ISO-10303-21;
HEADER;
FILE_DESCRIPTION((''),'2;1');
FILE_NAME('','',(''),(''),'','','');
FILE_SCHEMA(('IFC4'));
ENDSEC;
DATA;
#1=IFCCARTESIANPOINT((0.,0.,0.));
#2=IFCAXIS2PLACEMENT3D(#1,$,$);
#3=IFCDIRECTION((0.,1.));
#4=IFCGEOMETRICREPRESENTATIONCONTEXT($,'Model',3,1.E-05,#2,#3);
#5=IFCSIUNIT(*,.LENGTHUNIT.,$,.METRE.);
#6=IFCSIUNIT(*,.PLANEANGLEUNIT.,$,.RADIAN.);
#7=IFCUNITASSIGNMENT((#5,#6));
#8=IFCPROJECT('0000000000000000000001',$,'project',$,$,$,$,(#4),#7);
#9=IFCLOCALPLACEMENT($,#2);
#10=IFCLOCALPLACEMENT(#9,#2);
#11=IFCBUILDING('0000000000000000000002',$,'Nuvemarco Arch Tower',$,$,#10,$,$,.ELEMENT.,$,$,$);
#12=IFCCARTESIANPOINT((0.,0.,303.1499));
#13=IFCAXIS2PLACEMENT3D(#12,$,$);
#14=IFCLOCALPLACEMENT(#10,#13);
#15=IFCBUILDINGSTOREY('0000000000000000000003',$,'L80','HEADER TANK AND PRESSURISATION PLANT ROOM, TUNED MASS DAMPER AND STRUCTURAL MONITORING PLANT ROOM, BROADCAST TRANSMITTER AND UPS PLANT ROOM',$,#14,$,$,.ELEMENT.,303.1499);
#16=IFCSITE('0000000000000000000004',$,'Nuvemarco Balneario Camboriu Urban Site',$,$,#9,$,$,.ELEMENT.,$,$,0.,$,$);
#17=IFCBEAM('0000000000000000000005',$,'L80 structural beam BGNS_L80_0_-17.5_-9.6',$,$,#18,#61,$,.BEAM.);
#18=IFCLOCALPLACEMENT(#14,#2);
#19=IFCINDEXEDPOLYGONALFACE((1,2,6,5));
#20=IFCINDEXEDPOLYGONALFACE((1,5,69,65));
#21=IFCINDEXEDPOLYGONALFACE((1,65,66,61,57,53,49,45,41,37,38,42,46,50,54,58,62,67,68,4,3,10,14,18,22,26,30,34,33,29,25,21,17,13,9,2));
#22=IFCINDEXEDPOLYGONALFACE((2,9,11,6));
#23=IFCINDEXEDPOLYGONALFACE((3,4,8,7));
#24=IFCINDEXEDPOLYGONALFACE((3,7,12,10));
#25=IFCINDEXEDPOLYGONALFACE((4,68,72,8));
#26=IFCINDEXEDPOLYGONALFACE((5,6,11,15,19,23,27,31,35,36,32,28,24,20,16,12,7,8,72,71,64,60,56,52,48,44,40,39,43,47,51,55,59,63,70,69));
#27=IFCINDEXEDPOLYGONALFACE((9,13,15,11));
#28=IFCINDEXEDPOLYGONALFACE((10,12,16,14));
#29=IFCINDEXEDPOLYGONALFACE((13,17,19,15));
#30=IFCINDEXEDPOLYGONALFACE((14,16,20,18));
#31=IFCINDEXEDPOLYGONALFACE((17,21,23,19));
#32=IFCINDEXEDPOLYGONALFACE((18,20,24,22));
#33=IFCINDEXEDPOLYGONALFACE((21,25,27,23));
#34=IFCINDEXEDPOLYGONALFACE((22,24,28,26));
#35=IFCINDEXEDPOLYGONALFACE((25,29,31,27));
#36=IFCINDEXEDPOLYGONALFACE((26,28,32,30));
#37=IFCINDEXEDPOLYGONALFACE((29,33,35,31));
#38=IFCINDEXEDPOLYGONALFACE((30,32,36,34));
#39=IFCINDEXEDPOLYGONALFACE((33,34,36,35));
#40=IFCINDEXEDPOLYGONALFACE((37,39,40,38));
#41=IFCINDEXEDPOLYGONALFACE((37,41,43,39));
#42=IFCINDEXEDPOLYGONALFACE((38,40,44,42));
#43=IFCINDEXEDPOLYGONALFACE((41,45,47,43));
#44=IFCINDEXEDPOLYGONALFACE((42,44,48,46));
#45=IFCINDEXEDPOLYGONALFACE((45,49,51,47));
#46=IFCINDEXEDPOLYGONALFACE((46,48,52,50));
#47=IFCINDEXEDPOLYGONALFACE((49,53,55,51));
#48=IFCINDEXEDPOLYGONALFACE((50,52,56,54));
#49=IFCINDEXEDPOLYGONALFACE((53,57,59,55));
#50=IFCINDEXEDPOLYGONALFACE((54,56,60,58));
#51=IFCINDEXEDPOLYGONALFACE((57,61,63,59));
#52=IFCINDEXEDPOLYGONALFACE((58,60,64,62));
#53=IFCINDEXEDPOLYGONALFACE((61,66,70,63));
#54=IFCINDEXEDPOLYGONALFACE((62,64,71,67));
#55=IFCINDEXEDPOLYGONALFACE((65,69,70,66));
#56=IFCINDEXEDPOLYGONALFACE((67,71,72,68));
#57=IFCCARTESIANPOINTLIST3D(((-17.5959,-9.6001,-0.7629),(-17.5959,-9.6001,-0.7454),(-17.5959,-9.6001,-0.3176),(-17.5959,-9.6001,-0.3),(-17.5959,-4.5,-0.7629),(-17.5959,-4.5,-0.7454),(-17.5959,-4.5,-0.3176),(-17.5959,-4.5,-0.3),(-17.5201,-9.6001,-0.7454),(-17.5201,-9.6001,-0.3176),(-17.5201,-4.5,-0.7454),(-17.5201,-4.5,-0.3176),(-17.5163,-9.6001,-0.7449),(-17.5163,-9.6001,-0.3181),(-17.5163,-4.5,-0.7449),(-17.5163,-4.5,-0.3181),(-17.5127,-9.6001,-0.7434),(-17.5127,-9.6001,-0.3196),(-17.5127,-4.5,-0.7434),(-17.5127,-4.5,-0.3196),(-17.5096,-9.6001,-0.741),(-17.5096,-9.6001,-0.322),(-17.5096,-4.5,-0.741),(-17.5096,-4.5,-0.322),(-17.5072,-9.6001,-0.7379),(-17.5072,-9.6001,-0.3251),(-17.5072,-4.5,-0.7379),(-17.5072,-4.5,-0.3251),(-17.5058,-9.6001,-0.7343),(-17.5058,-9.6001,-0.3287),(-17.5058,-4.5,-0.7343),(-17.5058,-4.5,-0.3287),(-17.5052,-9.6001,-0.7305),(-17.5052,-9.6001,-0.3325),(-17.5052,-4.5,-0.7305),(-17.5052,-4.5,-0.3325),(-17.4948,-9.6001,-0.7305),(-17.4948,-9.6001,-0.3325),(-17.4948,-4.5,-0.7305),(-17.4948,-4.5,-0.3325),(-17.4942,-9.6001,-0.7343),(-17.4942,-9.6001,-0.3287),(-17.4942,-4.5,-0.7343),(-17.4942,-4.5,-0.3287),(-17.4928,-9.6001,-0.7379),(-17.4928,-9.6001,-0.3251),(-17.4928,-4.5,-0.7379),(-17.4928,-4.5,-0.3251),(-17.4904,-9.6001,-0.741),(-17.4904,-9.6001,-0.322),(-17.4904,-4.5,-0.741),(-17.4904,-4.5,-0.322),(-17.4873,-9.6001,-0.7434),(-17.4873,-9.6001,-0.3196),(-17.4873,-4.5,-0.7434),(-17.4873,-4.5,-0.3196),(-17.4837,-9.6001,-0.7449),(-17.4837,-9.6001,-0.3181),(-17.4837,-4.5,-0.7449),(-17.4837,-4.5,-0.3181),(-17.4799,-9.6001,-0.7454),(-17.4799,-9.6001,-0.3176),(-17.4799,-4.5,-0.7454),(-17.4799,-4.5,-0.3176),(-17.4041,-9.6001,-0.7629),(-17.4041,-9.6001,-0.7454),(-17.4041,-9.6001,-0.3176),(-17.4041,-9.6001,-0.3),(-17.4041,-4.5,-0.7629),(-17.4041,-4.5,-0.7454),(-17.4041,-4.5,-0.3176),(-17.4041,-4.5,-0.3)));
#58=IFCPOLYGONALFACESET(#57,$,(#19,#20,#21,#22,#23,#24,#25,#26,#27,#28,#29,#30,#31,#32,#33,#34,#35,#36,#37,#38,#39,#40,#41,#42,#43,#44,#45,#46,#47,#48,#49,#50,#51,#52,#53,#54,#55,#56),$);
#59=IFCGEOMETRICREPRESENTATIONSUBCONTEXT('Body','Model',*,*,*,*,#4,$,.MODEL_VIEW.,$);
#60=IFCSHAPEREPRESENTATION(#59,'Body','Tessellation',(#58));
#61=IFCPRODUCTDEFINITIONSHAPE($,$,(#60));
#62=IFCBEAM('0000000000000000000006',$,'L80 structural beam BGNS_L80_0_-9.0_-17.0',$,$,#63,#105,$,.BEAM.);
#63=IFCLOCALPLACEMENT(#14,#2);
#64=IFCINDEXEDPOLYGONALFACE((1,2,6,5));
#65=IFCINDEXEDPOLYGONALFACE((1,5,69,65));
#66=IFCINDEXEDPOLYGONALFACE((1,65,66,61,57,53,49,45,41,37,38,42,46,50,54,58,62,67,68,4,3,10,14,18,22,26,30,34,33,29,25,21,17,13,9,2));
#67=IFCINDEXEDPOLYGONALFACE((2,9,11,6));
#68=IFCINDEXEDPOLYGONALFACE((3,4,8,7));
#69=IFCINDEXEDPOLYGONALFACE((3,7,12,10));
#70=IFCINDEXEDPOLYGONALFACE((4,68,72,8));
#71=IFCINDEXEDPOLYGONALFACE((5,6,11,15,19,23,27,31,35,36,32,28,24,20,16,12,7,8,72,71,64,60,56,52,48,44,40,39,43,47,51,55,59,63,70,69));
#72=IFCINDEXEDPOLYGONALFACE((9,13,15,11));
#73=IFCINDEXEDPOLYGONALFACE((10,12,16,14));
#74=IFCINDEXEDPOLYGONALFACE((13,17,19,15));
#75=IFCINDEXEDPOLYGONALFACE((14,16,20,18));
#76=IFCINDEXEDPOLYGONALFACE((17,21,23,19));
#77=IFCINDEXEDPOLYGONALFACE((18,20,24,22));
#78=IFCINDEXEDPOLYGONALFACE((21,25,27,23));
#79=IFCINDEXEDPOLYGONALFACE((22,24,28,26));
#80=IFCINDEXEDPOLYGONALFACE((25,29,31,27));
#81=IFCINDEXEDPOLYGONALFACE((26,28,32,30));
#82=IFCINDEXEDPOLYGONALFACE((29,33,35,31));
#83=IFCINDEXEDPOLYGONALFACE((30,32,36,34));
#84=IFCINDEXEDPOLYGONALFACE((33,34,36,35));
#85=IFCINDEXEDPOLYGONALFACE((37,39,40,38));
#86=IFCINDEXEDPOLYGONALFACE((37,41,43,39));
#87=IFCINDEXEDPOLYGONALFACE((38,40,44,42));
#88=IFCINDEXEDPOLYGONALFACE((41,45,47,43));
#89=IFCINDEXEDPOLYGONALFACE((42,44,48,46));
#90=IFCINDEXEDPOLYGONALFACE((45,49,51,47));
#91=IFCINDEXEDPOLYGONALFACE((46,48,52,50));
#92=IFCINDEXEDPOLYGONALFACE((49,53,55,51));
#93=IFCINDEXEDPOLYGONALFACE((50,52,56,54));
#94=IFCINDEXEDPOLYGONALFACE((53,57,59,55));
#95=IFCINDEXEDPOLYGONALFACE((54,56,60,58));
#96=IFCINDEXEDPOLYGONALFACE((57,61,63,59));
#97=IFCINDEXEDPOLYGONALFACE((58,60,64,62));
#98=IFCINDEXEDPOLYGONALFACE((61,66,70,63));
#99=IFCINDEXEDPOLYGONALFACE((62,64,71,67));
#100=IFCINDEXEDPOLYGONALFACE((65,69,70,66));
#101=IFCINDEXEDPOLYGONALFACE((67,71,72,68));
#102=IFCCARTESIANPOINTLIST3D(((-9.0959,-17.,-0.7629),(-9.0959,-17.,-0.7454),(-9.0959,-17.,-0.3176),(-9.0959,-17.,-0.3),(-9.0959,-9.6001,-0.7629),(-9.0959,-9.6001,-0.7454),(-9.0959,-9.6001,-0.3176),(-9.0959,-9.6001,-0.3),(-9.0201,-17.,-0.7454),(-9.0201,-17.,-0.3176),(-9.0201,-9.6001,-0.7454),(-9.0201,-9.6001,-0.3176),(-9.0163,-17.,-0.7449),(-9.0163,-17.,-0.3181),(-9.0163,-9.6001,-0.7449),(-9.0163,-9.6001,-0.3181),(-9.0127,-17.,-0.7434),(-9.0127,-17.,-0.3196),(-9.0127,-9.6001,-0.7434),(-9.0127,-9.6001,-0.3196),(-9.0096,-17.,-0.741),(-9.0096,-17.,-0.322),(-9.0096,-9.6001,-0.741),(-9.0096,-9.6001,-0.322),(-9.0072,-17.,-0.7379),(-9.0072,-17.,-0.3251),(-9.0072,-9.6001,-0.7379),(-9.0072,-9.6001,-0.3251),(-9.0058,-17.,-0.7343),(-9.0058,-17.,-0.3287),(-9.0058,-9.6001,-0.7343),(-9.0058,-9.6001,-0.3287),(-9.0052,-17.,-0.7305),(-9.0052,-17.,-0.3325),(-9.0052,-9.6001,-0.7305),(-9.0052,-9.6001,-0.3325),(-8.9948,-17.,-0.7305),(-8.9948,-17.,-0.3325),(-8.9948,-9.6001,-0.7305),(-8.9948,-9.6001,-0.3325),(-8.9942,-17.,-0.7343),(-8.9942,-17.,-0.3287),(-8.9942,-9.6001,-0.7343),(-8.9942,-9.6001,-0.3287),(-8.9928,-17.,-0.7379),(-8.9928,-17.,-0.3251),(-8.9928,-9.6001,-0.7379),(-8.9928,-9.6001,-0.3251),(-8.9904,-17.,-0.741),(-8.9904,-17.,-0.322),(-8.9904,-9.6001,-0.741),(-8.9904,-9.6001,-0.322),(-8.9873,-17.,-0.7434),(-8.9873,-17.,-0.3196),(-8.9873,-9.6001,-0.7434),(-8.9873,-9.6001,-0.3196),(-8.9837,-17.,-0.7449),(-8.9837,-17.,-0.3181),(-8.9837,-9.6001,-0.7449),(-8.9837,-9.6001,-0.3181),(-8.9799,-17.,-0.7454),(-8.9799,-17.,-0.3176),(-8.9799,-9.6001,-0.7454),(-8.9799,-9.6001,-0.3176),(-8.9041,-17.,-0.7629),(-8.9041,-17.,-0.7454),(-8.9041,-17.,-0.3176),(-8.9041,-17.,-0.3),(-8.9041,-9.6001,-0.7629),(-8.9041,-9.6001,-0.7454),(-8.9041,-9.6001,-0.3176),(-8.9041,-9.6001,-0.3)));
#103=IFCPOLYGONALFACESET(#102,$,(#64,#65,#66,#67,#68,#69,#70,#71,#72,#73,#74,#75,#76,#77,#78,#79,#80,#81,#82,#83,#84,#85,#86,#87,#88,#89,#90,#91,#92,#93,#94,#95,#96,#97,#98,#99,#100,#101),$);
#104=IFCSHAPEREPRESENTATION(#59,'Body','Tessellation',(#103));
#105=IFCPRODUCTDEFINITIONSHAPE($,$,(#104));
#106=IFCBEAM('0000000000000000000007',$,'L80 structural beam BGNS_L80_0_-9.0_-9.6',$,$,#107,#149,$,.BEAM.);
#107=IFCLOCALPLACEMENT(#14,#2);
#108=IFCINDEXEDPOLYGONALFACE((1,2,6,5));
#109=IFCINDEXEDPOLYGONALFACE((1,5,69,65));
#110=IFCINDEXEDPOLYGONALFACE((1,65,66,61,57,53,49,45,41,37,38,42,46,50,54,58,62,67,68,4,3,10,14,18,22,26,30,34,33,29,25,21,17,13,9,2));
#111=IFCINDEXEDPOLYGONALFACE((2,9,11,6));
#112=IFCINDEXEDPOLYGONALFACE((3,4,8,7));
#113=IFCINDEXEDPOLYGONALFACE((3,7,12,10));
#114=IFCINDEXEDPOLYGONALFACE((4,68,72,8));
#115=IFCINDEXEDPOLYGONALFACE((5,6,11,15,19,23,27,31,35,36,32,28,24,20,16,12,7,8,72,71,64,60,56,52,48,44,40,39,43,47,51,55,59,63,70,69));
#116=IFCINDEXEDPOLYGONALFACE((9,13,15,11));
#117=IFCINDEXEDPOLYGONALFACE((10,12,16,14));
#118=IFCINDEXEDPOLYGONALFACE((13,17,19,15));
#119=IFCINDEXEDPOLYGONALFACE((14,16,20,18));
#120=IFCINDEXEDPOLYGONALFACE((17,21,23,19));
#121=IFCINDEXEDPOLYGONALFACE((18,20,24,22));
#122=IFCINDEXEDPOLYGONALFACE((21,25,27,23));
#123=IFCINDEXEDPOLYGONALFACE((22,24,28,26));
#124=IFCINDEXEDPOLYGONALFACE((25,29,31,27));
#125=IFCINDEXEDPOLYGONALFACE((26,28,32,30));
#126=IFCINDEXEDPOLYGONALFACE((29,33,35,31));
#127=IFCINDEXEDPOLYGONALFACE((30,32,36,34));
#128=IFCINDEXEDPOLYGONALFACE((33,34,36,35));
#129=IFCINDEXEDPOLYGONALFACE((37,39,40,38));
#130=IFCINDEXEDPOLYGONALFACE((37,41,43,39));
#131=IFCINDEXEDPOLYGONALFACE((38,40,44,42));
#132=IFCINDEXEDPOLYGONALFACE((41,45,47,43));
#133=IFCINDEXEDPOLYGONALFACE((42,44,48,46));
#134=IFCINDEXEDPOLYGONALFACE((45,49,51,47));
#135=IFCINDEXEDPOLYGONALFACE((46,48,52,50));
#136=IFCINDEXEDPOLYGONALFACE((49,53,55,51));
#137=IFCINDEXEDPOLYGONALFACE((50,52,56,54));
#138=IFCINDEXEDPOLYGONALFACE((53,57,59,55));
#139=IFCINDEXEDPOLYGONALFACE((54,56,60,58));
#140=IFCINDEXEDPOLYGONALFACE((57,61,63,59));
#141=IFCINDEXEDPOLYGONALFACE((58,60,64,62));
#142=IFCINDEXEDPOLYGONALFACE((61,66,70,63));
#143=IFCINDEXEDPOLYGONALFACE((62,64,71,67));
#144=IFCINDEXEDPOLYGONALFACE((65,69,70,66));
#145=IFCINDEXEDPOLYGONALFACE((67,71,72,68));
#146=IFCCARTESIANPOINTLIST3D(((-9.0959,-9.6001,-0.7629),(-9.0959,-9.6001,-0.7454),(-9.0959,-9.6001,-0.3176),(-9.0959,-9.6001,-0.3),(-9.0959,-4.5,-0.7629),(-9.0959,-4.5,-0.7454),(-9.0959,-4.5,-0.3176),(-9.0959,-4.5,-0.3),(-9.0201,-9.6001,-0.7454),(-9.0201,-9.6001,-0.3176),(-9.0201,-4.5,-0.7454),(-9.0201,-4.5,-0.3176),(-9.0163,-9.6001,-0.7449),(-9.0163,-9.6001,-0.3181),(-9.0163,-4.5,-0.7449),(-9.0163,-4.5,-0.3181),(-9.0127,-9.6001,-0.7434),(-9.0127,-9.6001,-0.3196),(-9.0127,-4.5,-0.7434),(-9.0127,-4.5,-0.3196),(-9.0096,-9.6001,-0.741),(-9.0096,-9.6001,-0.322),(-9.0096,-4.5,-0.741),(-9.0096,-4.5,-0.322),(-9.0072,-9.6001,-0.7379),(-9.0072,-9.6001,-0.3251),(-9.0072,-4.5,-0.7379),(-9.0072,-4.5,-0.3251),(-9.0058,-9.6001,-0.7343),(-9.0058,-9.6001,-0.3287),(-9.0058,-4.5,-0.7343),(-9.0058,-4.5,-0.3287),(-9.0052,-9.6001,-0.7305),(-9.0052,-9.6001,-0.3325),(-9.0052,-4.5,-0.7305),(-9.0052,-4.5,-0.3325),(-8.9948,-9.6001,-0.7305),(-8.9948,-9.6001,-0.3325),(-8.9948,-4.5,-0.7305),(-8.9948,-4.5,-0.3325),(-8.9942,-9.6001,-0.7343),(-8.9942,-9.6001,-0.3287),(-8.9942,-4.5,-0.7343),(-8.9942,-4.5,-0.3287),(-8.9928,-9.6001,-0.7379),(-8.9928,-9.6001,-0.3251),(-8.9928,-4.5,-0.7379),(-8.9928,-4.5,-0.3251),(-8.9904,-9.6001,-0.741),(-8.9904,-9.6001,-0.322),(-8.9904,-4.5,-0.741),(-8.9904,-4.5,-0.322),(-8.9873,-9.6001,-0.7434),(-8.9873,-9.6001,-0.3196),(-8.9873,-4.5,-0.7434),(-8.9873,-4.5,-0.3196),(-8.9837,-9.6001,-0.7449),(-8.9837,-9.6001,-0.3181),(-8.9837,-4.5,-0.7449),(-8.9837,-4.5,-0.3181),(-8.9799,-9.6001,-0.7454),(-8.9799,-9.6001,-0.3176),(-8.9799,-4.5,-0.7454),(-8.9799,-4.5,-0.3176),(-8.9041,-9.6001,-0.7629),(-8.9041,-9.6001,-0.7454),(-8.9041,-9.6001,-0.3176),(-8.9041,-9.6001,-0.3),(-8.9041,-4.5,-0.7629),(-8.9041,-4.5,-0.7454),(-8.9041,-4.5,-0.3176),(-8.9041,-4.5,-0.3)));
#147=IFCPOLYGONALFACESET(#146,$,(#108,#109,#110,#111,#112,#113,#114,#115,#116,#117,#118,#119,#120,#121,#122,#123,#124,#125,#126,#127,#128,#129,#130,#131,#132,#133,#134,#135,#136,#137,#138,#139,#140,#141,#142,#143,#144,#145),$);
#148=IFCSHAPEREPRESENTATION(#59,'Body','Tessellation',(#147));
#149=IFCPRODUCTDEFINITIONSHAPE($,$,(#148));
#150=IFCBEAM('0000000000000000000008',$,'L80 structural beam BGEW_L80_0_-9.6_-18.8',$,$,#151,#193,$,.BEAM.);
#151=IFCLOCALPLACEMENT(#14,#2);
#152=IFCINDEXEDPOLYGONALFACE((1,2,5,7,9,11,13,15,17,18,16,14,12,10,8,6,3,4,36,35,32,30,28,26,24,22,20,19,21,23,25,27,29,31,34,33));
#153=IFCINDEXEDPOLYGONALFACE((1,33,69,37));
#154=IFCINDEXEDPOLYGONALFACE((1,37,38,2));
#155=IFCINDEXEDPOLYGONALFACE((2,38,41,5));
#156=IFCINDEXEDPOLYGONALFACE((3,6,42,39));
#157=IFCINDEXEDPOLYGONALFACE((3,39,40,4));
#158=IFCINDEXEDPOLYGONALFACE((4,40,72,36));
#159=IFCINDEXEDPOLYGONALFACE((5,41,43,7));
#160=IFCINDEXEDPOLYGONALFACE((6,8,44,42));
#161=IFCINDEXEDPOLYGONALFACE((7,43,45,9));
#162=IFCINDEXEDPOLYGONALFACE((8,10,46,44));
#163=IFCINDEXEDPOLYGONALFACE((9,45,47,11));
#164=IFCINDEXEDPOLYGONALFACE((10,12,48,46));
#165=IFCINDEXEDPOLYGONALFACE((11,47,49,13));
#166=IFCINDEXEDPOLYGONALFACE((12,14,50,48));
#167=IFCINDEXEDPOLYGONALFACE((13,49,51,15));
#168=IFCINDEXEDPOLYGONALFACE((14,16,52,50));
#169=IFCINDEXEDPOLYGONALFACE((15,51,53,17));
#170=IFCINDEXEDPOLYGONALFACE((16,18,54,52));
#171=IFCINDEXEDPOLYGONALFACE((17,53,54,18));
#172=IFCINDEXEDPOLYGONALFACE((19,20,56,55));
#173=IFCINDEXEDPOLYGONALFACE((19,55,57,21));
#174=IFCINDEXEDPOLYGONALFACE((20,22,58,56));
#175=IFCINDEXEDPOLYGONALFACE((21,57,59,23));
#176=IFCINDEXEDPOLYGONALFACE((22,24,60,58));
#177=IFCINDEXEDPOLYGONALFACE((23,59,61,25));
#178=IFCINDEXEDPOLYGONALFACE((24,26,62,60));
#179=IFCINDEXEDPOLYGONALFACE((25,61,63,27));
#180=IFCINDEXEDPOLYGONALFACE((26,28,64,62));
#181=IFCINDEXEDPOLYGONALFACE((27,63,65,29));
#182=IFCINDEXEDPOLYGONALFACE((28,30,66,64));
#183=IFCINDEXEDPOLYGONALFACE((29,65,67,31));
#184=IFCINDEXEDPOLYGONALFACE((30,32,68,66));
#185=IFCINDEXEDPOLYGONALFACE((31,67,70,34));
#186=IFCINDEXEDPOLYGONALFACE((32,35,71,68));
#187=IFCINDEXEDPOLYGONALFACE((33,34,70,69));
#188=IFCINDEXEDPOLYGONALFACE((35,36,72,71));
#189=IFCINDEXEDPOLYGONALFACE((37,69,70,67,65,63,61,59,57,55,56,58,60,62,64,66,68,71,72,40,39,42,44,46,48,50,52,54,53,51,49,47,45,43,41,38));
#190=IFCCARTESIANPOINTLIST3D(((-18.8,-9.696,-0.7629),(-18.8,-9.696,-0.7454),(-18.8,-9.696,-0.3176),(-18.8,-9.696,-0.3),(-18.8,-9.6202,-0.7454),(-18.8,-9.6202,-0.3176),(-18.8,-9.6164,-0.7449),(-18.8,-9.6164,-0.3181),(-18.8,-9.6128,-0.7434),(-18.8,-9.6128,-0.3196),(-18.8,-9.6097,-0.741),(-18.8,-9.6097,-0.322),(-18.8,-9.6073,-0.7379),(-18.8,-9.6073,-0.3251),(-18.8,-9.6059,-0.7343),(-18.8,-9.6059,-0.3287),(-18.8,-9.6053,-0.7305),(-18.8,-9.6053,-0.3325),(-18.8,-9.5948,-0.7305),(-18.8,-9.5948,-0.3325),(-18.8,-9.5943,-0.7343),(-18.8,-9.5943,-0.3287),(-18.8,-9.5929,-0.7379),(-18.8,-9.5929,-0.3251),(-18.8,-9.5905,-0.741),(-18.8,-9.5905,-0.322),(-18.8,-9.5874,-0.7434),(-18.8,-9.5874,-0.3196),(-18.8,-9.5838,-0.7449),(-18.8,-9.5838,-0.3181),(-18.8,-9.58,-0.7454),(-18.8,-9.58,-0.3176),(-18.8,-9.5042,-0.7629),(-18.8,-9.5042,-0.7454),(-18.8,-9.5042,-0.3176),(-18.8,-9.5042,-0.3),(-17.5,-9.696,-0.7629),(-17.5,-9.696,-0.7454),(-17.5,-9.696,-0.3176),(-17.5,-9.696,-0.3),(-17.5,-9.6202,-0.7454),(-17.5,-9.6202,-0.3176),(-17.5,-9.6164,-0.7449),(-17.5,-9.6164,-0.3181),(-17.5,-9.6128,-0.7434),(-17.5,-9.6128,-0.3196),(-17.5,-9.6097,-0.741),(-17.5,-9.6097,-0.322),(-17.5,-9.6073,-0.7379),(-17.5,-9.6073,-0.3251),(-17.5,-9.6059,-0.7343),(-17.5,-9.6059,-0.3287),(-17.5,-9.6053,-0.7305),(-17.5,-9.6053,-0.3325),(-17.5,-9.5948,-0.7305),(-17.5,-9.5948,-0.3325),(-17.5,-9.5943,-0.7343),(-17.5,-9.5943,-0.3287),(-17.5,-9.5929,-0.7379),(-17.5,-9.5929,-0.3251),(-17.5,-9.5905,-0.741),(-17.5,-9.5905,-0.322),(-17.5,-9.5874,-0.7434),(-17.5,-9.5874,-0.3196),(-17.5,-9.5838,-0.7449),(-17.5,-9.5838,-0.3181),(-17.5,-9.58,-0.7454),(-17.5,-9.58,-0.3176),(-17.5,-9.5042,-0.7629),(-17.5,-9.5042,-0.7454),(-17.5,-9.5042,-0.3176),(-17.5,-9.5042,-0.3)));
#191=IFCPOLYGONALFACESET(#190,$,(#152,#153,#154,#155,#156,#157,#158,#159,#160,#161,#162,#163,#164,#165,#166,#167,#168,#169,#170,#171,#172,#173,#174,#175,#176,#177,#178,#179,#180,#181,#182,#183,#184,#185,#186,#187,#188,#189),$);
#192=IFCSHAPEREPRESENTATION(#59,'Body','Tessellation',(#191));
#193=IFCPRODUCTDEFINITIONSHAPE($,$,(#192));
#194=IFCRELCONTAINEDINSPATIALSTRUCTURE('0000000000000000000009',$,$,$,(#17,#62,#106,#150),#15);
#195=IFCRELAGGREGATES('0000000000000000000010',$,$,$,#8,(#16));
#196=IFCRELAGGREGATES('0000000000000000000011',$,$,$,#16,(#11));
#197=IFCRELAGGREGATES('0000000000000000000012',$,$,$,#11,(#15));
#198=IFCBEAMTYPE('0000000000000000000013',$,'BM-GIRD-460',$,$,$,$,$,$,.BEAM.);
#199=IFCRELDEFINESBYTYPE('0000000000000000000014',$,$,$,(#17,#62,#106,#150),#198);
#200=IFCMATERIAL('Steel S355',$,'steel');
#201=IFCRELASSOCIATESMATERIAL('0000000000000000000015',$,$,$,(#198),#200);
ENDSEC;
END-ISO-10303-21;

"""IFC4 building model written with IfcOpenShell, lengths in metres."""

from ifc_helpers import new_model, si_unit, direction, frame, origin, origin_2d, place, context, subcontext, project, spatial, i_section, extrude, material, material_profile, profile_set, type_object, element, save


model = new_model("IFC4")

# Units and contexts
model_context = context("Model", 3, precision=1e-05, world=origin(), true_north=direction((0.0, 1.0)))
body_context = subcontext(model_context, "Body", "Model", "MODEL_VIEW")
ifc_project = project(units=[si_unit("LENGTHUNIT", "METRE"), si_unit("PLANEANGLEUNIT", "RADIAN")], contexts=[model_context])

# Site, building, storey
site_placement = place(None, origin())
site = spatial("IfcSite", under=ifc_project, at=site_placement, Name="Nuvemarco Balneario Camboriu Urban Site", CompositionType="ELEMENT", RefElevation=0.0)
building_placement = place(site_placement, origin())
building = spatial("IfcBuilding", under=site, at=building_placement, Name="Nuvemarco Arch Tower", CompositionType="ELEMENT")
storey_placement = place(building_placement, frame((0.0, 0.0, 303.1499)))
storey = spatial("IfcBuildingStorey", under=building, at=storey_placement, Name="L80", Description="HEADER TANK AND PRESSURISATION PLANT ROOM, TUNED MASS DAMPER AND STRUCTURAL MONITORING PLANT ROOM, BROADCAST TRANSMITTER AND UPS PLANT ROOM", CompositionType="ELEMENT", Elevation=303.1499)

# Shared definitions
ifc_material_1 = material(Name="Steel S355", Category="steel")

# Beams
ifc_material_profile_1 = material_profile(ifc_material_1, i_section(OverallWidth=0.1919, OverallDepth=0.4629, WebThickness=0.0105, FlangeThickness=0.0176, FilletRadius=0.0149, at=origin_2d()), Name="W460x89")
ifc_profile_set_1 = profile_set([ifc_material_profile_1], Name="Steel S355")
beam_type_1 = type_object("IfcBeamType", Name="BM-GIRD-460", PredefinedType="BEAM", material=ifc_profile_set_1)
beam_1_placement = place(storey_placement, frame((-17.5, -9.6001, -0.5315), z_axis=(0.0, 1.0, 0.0), x_axis=(-1.0, 0.0, 0.0)))
element("IfcBeam", 1, at=beam_1_placement, inside=storey, type_object=beam_type_1, Name="L80 structural beam BGNS_L80_0_-17.5_-9.6", PredefinedType="BEAM", context=body_context, shape_type="SweptSolid", body=[
    extrude(i_section(OverallWidth=0.1919, OverallDepth=0.4629, WebThickness=0.0105, FlangeThickness=0.0176, FilletRadius=0.0149, at=origin_2d()), origin(), (0.0, 0.0, 1.0), 5.1001),
])
beam_2_placement = place(storey_placement, frame((-9.0, -17.0, -0.5315), z_axis=(0.0, 1.0, 0.0), x_axis=(-1.0, 0.0, 0.0)))
element("IfcBeam", 2, at=beam_2_placement, inside=storey, type_object=beam_type_1, Name="L80 structural beam BGNS_L80_0_-9.0_-17.0", PredefinedType="BEAM", context=body_context, shape_type="SweptSolid", body=[
    extrude(i_section(OverallWidth=0.1919, OverallDepth=0.4629, WebThickness=0.0105, FlangeThickness=0.0176, FilletRadius=0.0149, at=origin_2d()), origin(), (0.0, 0.0, 1.0), 7.3999),
])
beam_3_placement = place(storey_placement, frame((-9.0, -9.6001, -0.5315), z_axis=(0.0, 1.0, 0.0), x_axis=(-1.0, 0.0, 0.0)))
element("IfcBeam", 3, at=beam_3_placement, inside=storey, type_object=beam_type_1, Name="L80 structural beam BGNS_L80_0_-9.0_-9.6", PredefinedType="BEAM", context=body_context, shape_type="SweptSolid", body=[
    extrude(i_section(OverallWidth=0.1919, OverallDepth=0.4629, WebThickness=0.0105, FlangeThickness=0.0176, FilletRadius=0.0149, at=origin_2d()), origin(), (0.0, 0.0, 1.0), 5.1001),
])
beam_4_placement = place(storey_placement, frame((-18.8, -9.6001, -0.5315), z_axis=(1.0, 0.0, 0.0), x_axis=(0.0, 1.0, 0.0)))
element("IfcBeam", 4, at=beam_4_placement, inside=storey, type_object=beam_type_1, Name="L80 structural beam BGEW_L80_0_-9.6_-18.8", PredefinedType="BEAM", context=body_context, shape_type="SweptSolid", body=[
    extrude(i_section(OverallWidth=0.1919, OverallDepth=0.4629, WebThickness=0.0105, FlangeThickness=0.0176, FilletRadius=0.0149, at=origin_2d()), origin(), (0.0, 0.0, 1.0), 1.3),
])

save(model, "model.ifc")
